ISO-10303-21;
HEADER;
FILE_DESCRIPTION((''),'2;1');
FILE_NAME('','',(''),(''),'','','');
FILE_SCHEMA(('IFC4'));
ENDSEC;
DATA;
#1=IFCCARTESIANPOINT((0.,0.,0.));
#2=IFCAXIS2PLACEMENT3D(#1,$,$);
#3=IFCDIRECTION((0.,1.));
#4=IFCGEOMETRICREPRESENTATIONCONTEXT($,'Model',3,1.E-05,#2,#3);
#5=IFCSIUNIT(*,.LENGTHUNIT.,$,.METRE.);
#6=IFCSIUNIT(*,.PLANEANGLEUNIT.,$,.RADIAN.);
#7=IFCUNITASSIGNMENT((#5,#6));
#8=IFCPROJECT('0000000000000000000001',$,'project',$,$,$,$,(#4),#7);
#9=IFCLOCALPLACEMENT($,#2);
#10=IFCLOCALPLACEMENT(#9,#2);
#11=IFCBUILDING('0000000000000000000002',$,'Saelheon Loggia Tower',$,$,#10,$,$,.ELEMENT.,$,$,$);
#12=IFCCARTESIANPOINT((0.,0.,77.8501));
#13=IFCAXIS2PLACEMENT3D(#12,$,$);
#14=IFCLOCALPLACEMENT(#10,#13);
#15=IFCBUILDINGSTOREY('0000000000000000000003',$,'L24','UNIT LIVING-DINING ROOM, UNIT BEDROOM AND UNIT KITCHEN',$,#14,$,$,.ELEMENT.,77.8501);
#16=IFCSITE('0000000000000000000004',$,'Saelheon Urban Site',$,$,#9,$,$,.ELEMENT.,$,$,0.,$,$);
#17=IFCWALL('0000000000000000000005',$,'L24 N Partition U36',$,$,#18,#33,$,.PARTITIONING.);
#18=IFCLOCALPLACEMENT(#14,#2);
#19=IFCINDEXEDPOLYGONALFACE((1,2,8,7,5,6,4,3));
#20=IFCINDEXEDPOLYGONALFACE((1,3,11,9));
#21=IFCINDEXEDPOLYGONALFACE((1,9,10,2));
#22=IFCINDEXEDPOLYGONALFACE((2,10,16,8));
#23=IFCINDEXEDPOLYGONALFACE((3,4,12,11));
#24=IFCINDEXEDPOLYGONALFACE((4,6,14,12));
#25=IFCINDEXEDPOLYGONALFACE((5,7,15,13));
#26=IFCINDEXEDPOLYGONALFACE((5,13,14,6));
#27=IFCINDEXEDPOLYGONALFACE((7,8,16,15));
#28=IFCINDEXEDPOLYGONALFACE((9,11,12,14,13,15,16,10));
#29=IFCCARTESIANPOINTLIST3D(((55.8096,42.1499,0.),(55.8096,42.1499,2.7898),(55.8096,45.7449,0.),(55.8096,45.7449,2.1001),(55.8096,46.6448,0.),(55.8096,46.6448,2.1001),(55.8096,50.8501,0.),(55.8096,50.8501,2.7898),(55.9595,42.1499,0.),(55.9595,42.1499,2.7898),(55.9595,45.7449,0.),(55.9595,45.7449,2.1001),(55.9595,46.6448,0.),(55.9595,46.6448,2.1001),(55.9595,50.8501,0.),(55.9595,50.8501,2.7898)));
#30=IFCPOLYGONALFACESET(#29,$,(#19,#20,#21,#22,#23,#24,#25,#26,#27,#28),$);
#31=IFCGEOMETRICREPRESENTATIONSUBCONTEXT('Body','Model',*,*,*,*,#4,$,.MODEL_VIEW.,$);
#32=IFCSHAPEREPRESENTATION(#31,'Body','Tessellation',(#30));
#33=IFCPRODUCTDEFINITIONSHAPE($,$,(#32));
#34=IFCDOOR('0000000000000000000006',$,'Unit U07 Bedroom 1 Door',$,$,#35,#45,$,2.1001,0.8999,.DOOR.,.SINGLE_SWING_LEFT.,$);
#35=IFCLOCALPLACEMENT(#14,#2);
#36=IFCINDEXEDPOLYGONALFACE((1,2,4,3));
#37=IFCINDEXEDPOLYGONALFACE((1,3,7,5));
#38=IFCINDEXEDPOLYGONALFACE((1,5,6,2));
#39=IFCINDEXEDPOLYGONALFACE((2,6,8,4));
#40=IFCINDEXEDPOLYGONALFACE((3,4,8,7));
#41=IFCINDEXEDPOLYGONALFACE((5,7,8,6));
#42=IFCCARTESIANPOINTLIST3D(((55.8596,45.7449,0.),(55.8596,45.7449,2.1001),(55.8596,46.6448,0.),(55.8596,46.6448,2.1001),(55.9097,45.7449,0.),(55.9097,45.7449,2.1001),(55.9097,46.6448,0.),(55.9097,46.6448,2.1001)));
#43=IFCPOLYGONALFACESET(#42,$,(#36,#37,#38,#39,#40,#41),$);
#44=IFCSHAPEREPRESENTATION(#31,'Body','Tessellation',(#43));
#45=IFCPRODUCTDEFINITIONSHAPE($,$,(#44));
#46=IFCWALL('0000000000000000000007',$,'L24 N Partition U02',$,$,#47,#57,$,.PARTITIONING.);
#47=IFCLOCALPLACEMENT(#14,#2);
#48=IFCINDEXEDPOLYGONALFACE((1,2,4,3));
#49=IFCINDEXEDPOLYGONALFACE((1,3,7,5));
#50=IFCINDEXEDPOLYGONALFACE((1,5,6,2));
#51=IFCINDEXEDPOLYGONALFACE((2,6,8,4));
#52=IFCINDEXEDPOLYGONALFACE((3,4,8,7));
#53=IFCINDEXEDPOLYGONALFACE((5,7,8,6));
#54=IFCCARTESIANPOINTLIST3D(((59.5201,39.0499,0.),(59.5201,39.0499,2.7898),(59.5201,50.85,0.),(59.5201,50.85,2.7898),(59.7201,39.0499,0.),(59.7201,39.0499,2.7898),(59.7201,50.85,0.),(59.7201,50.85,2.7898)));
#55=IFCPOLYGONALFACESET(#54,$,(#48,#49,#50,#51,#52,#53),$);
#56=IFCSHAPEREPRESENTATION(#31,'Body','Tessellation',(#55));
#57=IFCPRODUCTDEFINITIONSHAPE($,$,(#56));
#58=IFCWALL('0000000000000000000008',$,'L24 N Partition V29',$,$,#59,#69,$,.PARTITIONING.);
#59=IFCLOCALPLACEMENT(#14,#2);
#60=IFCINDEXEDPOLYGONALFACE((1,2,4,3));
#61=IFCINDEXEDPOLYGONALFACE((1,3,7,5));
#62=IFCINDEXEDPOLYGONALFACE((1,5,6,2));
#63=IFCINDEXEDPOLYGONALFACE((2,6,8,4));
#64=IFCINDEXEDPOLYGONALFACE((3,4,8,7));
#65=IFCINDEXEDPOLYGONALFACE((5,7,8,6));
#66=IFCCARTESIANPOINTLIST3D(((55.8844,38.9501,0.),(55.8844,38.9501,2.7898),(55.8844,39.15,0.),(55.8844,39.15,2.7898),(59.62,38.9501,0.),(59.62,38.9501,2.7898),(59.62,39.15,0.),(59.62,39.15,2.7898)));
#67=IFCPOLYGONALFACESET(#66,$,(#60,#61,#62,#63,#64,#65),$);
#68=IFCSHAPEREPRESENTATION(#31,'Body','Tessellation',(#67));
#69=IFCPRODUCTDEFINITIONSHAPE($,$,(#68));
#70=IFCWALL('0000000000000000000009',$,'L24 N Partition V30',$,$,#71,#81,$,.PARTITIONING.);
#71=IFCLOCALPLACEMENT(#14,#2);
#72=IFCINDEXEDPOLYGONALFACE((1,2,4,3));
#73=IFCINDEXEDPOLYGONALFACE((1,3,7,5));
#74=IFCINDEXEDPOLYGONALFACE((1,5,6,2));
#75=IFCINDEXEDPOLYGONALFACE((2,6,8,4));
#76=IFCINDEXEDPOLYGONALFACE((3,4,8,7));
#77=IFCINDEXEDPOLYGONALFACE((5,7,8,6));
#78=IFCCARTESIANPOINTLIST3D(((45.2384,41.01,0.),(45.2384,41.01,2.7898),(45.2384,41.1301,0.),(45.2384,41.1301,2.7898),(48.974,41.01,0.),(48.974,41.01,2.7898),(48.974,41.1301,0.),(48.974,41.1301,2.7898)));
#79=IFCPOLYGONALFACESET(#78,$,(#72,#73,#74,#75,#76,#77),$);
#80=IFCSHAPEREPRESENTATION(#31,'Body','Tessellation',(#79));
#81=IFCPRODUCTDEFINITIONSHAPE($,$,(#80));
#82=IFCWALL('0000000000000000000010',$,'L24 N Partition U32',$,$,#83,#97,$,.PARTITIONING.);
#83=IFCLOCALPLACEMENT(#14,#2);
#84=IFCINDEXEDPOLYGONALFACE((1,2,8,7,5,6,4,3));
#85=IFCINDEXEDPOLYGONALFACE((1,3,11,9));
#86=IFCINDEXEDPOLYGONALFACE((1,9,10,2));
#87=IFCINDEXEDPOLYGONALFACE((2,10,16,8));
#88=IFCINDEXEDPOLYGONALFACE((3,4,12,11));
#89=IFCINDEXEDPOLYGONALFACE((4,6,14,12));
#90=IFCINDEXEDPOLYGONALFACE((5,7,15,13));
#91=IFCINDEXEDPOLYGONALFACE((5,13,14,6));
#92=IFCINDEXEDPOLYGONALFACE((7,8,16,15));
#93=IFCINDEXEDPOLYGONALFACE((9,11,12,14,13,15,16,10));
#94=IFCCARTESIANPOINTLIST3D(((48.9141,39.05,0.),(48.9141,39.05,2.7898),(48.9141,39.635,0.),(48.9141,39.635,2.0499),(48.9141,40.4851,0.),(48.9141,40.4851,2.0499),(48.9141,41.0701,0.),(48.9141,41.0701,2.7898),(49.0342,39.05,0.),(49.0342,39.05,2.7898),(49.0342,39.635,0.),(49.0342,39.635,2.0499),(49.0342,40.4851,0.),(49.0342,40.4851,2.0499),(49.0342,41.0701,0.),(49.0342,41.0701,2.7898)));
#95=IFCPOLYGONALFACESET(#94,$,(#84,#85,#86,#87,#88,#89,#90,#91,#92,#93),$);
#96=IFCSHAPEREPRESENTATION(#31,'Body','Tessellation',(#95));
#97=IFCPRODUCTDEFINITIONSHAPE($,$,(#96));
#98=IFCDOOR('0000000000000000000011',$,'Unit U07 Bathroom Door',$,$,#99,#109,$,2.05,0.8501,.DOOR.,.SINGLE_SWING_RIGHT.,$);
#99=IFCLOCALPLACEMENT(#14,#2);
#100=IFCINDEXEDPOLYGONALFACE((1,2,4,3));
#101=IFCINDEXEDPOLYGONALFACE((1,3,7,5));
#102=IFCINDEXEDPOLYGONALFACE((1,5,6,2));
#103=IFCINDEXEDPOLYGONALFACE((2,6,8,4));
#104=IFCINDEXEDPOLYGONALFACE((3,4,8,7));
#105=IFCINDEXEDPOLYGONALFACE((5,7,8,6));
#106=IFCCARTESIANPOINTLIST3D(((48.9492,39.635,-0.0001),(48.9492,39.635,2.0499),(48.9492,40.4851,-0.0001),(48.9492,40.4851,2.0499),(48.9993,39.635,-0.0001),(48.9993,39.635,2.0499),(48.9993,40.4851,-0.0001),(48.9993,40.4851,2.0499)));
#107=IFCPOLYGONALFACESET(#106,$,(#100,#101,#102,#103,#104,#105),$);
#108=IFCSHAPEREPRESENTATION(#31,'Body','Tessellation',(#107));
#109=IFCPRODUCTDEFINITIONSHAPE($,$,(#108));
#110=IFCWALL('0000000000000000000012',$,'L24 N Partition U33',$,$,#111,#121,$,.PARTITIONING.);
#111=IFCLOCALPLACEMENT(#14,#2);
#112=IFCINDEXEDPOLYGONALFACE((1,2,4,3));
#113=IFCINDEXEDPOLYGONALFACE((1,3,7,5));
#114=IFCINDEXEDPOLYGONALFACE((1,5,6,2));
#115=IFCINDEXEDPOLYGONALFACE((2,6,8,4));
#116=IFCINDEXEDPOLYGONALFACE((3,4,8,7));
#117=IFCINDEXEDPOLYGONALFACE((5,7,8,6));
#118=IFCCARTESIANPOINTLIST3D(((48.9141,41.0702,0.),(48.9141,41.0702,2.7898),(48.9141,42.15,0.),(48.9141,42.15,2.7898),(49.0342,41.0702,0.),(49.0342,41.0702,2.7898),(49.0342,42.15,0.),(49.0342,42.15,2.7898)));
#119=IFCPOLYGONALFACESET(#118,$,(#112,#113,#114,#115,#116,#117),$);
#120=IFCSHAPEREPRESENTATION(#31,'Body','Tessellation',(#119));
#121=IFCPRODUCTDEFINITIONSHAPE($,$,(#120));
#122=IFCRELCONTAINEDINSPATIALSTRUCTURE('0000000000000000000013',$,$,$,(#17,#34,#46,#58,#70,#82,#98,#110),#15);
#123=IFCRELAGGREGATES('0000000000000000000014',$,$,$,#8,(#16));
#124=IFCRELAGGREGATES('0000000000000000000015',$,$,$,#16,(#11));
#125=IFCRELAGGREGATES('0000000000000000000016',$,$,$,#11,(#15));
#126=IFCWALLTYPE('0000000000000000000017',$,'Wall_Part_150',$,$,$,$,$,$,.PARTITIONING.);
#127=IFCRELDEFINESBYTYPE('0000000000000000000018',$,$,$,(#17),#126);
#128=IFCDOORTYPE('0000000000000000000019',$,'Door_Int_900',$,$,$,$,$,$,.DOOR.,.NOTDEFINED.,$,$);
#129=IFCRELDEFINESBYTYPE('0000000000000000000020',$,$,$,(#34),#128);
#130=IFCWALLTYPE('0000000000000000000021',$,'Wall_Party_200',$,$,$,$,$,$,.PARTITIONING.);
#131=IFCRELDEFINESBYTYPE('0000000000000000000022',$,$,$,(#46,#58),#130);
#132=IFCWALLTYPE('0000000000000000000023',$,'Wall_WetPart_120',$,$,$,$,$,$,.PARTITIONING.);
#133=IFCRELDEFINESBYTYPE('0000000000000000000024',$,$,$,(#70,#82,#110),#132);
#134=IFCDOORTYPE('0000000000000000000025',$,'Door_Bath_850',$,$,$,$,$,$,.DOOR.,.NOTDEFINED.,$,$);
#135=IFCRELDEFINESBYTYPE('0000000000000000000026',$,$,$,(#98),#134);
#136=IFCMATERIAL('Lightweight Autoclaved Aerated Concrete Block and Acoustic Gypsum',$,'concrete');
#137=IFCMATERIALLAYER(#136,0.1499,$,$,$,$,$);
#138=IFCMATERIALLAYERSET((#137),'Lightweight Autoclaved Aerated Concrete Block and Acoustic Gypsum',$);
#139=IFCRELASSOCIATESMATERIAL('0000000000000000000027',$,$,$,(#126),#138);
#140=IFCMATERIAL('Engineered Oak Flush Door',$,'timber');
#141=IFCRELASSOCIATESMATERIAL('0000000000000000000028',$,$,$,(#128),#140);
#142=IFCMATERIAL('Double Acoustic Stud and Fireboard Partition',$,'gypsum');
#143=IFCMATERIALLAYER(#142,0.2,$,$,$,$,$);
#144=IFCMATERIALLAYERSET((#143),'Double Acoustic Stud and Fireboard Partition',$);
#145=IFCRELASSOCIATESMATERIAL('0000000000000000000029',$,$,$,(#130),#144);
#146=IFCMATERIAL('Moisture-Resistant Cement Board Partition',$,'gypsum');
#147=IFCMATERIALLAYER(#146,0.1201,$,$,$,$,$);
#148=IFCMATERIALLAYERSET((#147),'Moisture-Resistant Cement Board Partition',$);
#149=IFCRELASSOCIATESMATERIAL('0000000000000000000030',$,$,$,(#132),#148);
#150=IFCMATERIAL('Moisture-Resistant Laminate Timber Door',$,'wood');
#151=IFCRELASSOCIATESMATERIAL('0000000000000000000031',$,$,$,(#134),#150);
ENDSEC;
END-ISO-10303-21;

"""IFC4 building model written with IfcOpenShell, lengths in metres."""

from ifc_helpers import new_model, si_unit, direction, frame, frame_2d, origin, place, context, subcontext, project, spatial, rectangle, extrude, source, transform, mapped, material, layer, layer_set, type_object, element, fill, save


model = new_model("IFC4")

# Units and contexts
model_context = context("Model", 3, precision=1e-05, world=origin(), true_north=direction((0.0, 1.0)))
body_context = subcontext(model_context, "Body", "Model", "MODEL_VIEW")
ifc_project = project(units=[si_unit("LENGTHUNIT", "METRE"), si_unit("PLANEANGLEUNIT", "RADIAN")], contexts=[model_context])

# Site, building, storey
site_placement = place(None, origin())
site = spatial("IfcSite", under=ifc_project, at=site_placement, Name="Saelheon Urban Site", CompositionType="ELEMENT", RefElevation=0.0)
building_placement = place(site_placement, origin())
building = spatial("IfcBuilding", under=site, at=building_placement, Name="Saelheon Loggia Tower", CompositionType="ELEMENT")
storey_placement = place(building_placement, frame((0.0, 0.0, 77.8501)))
storey = spatial("IfcBuildingStorey", under=building, at=storey_placement, Name="L24", Description="UNIT LIVING-DINING ROOM, UNIT BEDROOM AND UNIT KITCHEN", CompositionType="ELEMENT", Elevation=77.8501)

# Shared definitions
ifc_material_1 = material(Name="Lightweight Autoclaved Aerated Concrete Block and Acoustic Gypsum", Category="concrete")
ifc_layer_1 = layer(ifc_material_1, 0.1499)
ifc_layer_set_1 = layer_set([ifc_layer_1], Name="Lightweight Autoclaved Aerated Concrete Block and Acoustic Gypsum")
wall_type_1 = type_object("IfcWallType", Name="Wall_Part_150", PredefinedType="PARTITIONING", material=ifc_layer_set_1)

# Wall, opening, door
ifc_material_2 = material(Name="Engineered Oak Flush Door", Category="timber")
door_type_1 = type_object("IfcDoorType", Name="Door_Int_900", OperationType="NOTDEFINED", PredefinedType="DOOR", material=ifc_material_2)
shared_shape_1 = source(origin(), body_context, "Body", "SweptSolid", [
    extrude(rectangle(XDim=0.8999, YDim=2.1001, at=frame_2d((0.45, 1.05))), frame((0.0, 0.0249, 0.0), z_axis=(0.0, -1.0, 0.0), x_axis=(1.0, 0.0, 0.0)), (0.0, 0.0, 1.0), 0.05),
])
wall_1_placement = place(storey_placement, frame((55.8845, 42.1499, 0.0), z_axis=(0.0, 0.0, 1.0), x_axis=(0.0, 1.0, 0.0)))
wall_1 = element("IfcWall", 1, at=wall_1_placement, inside=storey, type_object=wall_type_1, Name="L24 N Partition U36", PredefinedType="PARTITIONING", context=body_context, shape_type="SweptSolid", body=[
    extrude(rectangle(XDim=8.7002, YDim=0.1499, at=frame_2d((4.3501, 0.0))), origin(), (0.0, 0.0, 1.0), 2.7898),
])
opening_1_placement = place(wall_1_placement, frame((3.595, 0.0, 0.0)))
opening_1 = element("IfcOpeningElement", 2, at=opening_1_placement, cuts=wall_1, PredefinedType="OPENING", context=body_context, shape_type="SweptSolid", body=[
    extrude(rectangle(XDim=0.8999, YDim=2.1001, at=frame_2d((0.45, 1.05))), frame((0.0, 0.0869, 0.0), z_axis=(0.0, -1.0, 0.0), x_axis=(1.0, 0.0, 0.0)), (0.0, 0.0, 1.0), 0.1738),
])
door_1_placement = place(opening_1_placement, origin())
door_1 = element("IfcDoor", 3, at=door_1_placement, inside=storey, type_object=door_type_1, Name="Unit U07 Bedroom 1 Door", OperationType="SINGLE_SWING_LEFT", OverallHeight=2.1001, OverallWidth=0.8999, PredefinedType="DOOR", context=body_context, shape_type="MappedRepresentation", body=[
    mapped(shared_shape_1, transform((0.0, 0.0, 0.0), scale=1.0)),
])
fill(opening_1, door_1)

# Wall
ifc_material_3 = material(Name="Double Acoustic Stud and Fireboard Partition", Category="gypsum")
ifc_layer_2 = layer(ifc_material_3, 0.2)
ifc_layer_set_2 = layer_set([ifc_layer_2], Name="Double Acoustic Stud and Fireboard Partition")
wall_type_2 = type_object("IfcWallType", Name="Wall_Party_200", PredefinedType="PARTITIONING", material=ifc_layer_set_2)
wall_2_placement = place(storey_placement, frame((59.6201, 39.05, 0.0), z_axis=(0.0, 0.0, 1.0), x_axis=(0.0, 1.0, 0.0)))
element("IfcWall", 4, at=wall_2_placement, inside=storey, type_object=wall_type_2, Name="L24 N Partition U02", PredefinedType="PARTITIONING", context=body_context, shape_type="SweptSolid", body=[
    extrude(rectangle(XDim=11.8, YDim=0.2, at=frame_2d((5.8999, 0.0))), origin(), (0.0, 0.0, 1.0), 2.7898),
])

# Walls
wall_3_placement = place(storey_placement, frame((55.8845, 39.05, 0.0), z_axis=(0.0, 0.0, 1.0), x_axis=(1.0, 0.0, 0.0)))
element("IfcWall", 5, at=wall_3_placement, inside=storey, type_object=wall_type_2, Name="L24 N Partition V29", PredefinedType="PARTITIONING", context=body_context, shape_type="SweptSolid", body=[
    extrude(rectangle(XDim=3.7356, YDim=0.2, at=frame_2d((1.8677, 0.0))), origin(), (0.0, 0.0, 1.0), 2.7898),
])
ifc_material_4 = material(Name="Moisture-Resistant Cement Board Partition", Category="gypsum")
ifc_layer_3 = layer(ifc_material_4, 0.1201)
ifc_layer_set_3 = layer_set([ifc_layer_3], Name="Moisture-Resistant Cement Board Partition")
wall_type_3 = type_object("IfcWallType", Name="Wall_WetPart_120", PredefinedType="PARTITIONING", material=ifc_layer_set_3)
wall_4_placement = place(storey_placement, frame((45.2385, 41.0701, 0.0), z_axis=(0.0, 0.0, 1.0), x_axis=(1.0, 0.0, 0.0)))
element("IfcWall", 6, at=wall_4_placement, inside=storey, type_object=wall_type_3, Name="L24 N Partition V30", PredefinedType="PARTITIONING", context=body_context, shape_type="SweptSolid", body=[
    extrude(rectangle(XDim=3.7356, YDim=0.1201, at=frame_2d((1.8677, 0.0))), origin(), (0.0, 0.0, 1.0), 2.7898),
])

# Wall, opening, door
wall_5_placement = place(storey_placement, frame((48.9741, 39.05, 0.0), z_axis=(0.0, 0.0, 1.0), x_axis=(0.0, 1.0, 0.0)))
wall_5 = element("IfcWall", 7, at=wall_5_placement, inside=storey, type_object=wall_type_3, Name="L24 N Partition U32", PredefinedType="PARTITIONING", context=body_context, shape_type="SweptSolid", body=[
    extrude(rectangle(XDim=2.02, YDim=0.1201, at=frame_2d((1.01, 0.0))), origin(), (0.0, 0.0, 1.0), 2.7898),
])
opening_2_placement = place(wall_5_placement, frame((0.585, 0.0, 0.0)))
opening_2 = element("IfcOpeningElement", 8, at=opening_2_placement, cuts=wall_5, PredefinedType="OPENING", context=body_context, shape_type="SweptSolid", body=[
    extrude(rectangle(XDim=0.8501, YDim=2.05, at=frame_2d((0.425, 1.0249))), frame((0.0, 0.072, 0.0), z_axis=(0.0, -1.0, 0.0), x_axis=(1.0, 0.0, 0.0)), (0.0, 0.0, 1.0), 0.144),
])
ifc_material_5 = material(Name="Moisture-Resistant Laminate Timber Door", Category="wood")
door_type_2 = type_object("IfcDoorType", Name="Door_Bath_850", OperationType="NOTDEFINED", PredefinedType="DOOR", material=ifc_material_5)
shared_shape_2 = source(origin(), body_context, "Body", "SweptSolid", [
    extrude(rectangle(XDim=0.8501, YDim=2.05, at=frame_2d((0.425, 1.0249))), frame((0.0, 0.0249, 0.0), z_axis=(0.0, -1.0, 0.0), x_axis=(1.0, 0.0, 0.0)), (0.0, 0.0, 1.0), 0.05),
])
door_2_placement = place(opening_2_placement, origin())
door_2 = element("IfcDoor", 9, at=door_2_placement, inside=storey, type_object=door_type_2, Name="Unit U07 Bathroom Door", OperationType="SINGLE_SWING_RIGHT", OverallHeight=2.05, OverallWidth=0.8501, PredefinedType="DOOR", context=body_context, shape_type="MappedRepresentation", body=[
    mapped(shared_shape_2, transform((0.0, 0.0, 0.0), scale=1.0)),
])
fill(opening_2, door_2)

# Wall
wall_6_placement = place(storey_placement, frame((48.9741, 41.0701, 0.0), z_axis=(0.0, 0.0, 1.0), x_axis=(0.0, 1.0, 0.0)))
element("IfcWall", 10, at=wall_6_placement, inside=storey, type_object=wall_type_3, Name="L24 N Partition U33", PredefinedType="PARTITIONING", context=body_context, shape_type="SweptSolid", body=[
    extrude(rectangle(XDim=1.0798, YDim=0.1201, at=frame_2d((0.54, 0.0))), origin(), (0.0, 0.0, 1.0), 2.7898),
])

save(model, "model.ifc")
